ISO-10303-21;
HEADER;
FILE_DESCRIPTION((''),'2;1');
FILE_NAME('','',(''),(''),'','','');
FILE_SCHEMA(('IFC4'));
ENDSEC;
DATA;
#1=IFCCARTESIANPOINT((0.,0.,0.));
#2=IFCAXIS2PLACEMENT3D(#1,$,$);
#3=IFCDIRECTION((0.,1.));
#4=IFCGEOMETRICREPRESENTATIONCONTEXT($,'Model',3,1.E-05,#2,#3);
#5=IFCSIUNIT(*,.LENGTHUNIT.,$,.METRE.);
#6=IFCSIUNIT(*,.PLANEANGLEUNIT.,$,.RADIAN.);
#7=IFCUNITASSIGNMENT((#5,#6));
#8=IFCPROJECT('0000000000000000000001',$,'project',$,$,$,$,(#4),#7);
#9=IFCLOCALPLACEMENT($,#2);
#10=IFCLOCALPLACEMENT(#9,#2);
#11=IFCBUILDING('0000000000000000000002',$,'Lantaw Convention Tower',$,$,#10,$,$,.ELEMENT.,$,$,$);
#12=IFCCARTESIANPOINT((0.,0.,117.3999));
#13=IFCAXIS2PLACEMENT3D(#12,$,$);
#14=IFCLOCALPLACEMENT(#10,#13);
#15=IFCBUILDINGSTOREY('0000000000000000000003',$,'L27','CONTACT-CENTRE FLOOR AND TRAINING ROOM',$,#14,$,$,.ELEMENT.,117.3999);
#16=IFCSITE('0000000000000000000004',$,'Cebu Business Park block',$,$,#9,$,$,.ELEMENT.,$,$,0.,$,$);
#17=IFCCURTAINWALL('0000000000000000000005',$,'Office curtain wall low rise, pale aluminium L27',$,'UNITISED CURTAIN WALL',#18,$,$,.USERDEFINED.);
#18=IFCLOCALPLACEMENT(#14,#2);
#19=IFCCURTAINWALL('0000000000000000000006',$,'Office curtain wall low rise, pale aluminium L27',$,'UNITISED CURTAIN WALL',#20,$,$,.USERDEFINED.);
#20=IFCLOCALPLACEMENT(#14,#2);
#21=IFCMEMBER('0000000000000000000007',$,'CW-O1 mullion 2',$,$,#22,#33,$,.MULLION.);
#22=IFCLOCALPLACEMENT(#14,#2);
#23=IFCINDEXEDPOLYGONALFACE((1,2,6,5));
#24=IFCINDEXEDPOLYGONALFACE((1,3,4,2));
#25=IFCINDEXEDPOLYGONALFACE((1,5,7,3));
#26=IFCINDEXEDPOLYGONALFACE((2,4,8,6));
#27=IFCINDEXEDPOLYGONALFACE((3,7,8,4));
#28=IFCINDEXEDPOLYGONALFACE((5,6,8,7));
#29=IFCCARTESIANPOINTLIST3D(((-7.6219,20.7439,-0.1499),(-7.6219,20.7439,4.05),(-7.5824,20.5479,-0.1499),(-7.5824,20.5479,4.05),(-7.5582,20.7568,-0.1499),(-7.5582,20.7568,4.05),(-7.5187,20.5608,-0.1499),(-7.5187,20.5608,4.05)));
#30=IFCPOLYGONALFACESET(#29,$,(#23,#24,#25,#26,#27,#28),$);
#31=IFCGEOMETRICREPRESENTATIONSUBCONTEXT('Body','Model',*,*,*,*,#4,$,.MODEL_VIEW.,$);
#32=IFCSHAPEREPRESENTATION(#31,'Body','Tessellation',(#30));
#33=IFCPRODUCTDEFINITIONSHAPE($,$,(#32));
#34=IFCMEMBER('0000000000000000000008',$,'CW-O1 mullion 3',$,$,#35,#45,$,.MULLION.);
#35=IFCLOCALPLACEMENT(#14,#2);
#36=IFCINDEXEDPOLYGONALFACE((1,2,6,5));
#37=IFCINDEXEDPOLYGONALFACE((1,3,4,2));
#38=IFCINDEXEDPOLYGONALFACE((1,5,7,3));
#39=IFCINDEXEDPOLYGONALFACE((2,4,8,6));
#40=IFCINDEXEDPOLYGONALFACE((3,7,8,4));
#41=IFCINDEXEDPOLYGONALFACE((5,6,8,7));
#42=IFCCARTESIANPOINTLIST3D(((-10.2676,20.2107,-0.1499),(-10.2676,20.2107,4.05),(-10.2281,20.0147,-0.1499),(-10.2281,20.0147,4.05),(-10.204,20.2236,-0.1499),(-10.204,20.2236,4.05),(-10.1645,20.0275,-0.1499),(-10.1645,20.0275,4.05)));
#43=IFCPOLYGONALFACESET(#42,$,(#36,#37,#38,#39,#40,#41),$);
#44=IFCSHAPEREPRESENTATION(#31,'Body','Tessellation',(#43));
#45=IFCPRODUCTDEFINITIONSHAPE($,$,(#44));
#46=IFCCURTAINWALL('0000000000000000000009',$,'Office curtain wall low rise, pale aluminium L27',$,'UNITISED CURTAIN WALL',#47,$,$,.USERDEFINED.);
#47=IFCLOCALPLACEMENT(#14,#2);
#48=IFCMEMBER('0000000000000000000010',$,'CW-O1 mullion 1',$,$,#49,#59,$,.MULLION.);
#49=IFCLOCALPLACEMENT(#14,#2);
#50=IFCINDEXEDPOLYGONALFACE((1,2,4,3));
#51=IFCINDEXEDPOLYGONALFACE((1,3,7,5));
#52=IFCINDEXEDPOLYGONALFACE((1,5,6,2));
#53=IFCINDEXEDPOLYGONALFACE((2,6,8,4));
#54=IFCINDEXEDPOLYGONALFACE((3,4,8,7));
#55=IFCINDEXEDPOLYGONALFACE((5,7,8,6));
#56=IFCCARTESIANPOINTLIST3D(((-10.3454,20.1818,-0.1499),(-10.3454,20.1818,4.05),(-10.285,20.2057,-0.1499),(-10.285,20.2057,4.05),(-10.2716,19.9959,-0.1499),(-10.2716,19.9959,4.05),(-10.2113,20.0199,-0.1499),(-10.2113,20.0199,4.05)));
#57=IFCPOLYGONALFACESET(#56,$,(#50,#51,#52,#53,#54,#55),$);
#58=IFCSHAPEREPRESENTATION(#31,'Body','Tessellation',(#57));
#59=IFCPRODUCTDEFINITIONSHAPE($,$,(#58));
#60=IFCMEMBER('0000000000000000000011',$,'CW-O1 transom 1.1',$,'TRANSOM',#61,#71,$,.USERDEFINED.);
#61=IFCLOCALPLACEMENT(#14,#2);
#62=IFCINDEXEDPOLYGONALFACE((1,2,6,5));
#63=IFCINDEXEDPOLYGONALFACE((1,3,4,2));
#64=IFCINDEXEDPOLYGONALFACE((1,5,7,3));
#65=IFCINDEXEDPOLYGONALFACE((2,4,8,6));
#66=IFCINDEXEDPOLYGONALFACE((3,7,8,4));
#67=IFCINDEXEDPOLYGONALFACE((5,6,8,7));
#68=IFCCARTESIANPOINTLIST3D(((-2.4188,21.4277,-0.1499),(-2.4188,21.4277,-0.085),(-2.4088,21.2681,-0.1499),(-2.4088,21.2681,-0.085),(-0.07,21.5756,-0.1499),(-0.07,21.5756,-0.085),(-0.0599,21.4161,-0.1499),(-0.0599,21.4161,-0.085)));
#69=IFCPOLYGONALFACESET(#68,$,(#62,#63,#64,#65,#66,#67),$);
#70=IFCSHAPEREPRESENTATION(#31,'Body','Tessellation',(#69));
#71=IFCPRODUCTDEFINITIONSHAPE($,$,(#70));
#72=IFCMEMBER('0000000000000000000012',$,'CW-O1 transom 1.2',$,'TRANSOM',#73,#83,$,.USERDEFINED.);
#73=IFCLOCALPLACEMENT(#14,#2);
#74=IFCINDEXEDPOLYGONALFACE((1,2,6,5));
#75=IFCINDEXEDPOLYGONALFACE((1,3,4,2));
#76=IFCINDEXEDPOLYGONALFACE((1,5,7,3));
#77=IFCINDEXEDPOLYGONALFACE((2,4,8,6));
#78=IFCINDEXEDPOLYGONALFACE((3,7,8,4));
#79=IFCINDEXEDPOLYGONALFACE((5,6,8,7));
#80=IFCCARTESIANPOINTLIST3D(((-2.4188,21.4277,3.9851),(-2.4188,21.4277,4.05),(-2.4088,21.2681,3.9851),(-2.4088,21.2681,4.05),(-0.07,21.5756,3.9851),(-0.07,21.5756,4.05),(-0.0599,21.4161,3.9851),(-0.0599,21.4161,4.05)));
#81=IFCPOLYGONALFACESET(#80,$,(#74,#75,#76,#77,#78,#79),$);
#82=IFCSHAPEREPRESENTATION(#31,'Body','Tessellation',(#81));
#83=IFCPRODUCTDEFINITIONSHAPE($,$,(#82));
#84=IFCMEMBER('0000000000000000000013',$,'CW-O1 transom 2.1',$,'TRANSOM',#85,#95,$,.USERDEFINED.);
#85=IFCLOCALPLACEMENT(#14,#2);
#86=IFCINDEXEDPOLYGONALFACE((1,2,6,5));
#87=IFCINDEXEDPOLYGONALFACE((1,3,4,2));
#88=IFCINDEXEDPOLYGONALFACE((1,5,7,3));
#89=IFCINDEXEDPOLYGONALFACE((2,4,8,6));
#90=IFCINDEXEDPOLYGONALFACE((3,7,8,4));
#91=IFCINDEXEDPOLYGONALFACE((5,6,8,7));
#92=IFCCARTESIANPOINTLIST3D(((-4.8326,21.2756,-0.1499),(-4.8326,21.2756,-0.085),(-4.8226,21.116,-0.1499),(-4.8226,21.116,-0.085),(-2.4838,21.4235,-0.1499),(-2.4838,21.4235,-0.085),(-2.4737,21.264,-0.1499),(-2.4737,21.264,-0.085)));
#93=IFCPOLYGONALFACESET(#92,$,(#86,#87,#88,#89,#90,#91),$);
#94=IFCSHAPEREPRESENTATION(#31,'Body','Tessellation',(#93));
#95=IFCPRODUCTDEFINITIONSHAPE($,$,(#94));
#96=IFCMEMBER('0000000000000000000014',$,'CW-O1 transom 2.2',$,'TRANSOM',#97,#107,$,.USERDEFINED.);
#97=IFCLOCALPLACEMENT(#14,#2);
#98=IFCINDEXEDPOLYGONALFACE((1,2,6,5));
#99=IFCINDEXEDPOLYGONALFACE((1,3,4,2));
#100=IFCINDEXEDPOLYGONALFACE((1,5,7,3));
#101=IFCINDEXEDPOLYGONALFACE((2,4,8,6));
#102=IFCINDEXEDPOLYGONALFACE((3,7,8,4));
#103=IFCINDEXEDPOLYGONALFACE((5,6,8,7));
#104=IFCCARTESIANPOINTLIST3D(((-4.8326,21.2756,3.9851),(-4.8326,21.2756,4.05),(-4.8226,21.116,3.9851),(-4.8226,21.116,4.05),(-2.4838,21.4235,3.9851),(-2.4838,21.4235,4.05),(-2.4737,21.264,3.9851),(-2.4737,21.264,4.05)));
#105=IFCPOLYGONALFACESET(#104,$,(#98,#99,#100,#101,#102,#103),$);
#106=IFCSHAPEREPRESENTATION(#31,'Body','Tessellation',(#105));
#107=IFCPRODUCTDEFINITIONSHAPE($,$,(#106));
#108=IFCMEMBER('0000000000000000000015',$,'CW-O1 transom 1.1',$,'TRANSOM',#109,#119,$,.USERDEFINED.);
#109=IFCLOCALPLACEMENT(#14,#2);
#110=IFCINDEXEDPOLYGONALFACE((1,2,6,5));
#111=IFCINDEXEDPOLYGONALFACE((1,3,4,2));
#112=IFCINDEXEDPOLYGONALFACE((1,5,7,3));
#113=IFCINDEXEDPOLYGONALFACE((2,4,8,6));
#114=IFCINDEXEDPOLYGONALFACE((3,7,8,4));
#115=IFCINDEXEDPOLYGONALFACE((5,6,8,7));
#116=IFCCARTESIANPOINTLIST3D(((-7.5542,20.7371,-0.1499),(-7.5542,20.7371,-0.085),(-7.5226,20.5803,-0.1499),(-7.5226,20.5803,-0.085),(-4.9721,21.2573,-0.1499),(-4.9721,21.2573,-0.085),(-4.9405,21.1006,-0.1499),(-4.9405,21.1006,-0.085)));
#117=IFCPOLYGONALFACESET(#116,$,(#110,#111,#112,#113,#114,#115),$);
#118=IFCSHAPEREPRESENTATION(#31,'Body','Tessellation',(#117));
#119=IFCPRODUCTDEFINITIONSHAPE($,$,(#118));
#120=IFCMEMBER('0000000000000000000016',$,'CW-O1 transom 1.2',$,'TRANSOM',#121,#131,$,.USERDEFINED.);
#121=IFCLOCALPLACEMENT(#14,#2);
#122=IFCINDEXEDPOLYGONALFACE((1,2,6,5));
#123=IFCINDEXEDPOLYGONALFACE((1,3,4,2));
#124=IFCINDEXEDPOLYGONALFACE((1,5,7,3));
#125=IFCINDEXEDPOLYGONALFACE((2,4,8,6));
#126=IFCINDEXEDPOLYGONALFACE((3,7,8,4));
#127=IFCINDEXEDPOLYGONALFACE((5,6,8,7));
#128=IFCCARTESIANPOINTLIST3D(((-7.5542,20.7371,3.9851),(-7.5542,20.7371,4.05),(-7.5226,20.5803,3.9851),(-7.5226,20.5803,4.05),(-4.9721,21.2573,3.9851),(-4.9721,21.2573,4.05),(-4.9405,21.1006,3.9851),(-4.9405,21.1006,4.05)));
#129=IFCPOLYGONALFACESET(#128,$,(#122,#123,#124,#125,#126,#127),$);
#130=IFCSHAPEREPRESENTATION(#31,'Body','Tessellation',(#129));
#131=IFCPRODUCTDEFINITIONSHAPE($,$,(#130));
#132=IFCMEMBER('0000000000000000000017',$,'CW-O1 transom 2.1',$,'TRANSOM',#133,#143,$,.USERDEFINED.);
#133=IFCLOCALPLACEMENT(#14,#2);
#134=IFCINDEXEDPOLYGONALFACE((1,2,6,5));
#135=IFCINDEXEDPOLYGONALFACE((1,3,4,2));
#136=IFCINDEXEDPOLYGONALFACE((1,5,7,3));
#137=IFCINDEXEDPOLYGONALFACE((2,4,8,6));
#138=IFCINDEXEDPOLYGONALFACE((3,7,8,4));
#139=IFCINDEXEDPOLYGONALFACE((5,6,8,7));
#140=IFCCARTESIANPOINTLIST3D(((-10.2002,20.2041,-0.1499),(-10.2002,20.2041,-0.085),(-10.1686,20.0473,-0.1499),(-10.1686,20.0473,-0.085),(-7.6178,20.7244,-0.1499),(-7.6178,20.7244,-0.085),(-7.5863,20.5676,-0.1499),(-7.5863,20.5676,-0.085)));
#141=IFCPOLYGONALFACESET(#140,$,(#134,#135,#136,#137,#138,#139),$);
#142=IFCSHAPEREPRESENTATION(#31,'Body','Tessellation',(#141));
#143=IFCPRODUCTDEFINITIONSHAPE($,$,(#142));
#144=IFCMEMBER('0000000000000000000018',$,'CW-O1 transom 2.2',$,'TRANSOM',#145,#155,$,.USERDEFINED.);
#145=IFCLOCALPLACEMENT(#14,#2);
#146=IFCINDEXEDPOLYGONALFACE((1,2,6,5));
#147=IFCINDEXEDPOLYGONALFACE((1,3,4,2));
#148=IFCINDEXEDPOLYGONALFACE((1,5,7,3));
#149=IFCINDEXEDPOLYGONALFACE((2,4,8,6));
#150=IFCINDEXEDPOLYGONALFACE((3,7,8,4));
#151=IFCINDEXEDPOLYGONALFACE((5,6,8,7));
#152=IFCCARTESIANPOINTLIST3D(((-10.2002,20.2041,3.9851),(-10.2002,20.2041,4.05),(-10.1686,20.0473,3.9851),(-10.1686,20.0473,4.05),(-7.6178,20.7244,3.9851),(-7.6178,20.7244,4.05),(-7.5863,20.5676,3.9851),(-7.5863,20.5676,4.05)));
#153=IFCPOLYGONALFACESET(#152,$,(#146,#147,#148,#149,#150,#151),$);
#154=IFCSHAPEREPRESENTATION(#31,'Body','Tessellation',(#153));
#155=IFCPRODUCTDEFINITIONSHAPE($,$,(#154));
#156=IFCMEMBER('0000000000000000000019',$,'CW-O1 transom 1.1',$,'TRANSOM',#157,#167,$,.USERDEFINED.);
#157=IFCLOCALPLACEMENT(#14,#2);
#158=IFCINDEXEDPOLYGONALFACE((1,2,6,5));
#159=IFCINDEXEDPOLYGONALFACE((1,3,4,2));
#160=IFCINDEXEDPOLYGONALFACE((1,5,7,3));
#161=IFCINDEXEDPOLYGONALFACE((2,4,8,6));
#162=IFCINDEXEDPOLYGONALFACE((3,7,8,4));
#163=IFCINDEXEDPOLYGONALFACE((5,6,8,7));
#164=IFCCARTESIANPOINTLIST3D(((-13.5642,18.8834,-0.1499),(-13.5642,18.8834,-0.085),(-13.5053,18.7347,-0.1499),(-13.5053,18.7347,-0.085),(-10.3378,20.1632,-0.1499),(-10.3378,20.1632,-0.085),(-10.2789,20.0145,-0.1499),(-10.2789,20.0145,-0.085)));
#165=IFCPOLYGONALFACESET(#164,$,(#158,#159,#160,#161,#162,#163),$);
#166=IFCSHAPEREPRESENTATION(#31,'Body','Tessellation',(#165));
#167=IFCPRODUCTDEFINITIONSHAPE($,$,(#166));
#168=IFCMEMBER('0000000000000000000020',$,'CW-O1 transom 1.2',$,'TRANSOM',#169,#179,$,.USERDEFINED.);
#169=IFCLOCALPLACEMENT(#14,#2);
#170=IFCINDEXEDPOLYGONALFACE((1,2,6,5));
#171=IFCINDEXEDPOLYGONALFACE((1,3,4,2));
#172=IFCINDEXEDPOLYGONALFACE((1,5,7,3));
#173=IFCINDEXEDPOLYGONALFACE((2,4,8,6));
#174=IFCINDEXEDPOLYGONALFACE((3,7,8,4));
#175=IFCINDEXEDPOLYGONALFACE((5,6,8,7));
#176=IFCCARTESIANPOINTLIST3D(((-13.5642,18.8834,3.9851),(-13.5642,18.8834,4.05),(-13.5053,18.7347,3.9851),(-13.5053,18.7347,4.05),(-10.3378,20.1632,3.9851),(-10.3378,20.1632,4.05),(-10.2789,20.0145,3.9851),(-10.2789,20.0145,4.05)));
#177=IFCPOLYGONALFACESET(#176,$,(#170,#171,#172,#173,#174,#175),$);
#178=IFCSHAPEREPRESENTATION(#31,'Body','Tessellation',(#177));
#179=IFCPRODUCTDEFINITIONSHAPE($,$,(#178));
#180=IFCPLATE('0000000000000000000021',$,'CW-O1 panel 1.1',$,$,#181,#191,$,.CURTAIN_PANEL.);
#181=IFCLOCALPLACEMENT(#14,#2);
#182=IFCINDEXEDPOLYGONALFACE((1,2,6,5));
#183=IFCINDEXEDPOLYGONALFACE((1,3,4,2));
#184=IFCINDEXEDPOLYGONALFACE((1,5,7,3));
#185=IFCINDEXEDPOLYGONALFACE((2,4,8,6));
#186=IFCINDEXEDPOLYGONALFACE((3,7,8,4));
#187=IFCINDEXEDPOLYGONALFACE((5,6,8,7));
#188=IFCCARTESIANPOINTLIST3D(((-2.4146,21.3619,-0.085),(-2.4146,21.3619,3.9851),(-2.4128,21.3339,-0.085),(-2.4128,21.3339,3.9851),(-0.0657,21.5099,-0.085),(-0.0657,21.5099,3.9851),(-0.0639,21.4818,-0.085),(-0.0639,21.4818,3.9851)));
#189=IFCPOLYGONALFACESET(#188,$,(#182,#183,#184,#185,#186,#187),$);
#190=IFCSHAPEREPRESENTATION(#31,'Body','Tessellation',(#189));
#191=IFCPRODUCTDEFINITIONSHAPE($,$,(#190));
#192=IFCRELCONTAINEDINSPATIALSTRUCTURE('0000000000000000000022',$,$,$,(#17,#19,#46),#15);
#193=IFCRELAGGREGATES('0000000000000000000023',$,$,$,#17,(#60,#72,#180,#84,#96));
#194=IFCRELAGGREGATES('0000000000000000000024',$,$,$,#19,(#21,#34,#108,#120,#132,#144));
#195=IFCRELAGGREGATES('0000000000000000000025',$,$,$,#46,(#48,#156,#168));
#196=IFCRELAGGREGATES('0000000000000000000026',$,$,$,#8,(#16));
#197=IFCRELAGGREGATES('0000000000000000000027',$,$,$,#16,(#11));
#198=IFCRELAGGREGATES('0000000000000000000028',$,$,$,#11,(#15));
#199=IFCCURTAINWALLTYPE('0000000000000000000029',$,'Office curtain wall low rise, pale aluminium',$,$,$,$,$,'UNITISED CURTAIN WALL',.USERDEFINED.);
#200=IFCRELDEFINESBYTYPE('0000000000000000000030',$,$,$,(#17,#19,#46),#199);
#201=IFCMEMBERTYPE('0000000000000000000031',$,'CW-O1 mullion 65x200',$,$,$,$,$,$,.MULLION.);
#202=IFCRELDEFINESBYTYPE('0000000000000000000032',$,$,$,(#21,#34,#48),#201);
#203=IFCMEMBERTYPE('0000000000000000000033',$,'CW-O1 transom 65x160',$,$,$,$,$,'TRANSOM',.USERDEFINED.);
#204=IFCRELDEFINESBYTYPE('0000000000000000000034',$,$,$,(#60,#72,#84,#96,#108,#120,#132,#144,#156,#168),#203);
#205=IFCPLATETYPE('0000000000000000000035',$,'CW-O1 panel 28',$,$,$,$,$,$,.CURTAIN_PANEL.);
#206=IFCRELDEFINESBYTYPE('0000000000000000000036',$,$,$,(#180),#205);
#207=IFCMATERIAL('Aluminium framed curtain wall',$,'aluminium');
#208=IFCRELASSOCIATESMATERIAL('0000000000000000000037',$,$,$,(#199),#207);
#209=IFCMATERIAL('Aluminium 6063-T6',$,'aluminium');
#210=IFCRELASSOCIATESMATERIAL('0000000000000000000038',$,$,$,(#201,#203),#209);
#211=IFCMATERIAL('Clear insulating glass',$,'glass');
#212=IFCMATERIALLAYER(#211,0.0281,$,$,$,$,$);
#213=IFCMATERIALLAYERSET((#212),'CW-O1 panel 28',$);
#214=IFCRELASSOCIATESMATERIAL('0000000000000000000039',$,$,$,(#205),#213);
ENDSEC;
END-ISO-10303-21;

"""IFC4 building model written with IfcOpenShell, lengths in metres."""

from ifc_helpers import new_model, si_unit, direction, frame, origin, origin_2d, place, context, subcontext, project, spatial, rectangle, extrude, material, layer, layer_set, material_profile, profile_set, type_object, element, aggregate, save


model = new_model("IFC4")

# Units and contexts
model_context = context("Model", 3, precision=1e-05, world=origin(), true_north=direction((0.0, 1.0)))
body_context = subcontext(model_context, "Body", "Model", "MODEL_VIEW")
ifc_project = project(units=[si_unit("LENGTHUNIT", "METRE"), si_unit("PLANEANGLEUNIT", "RADIAN")], contexts=[model_context])

# Site, building, storey
site_placement = place(None, origin())
site = spatial("IfcSite", under=ifc_project, at=site_placement, Name="Cebu Business Park block", CompositionType="ELEMENT", RefElevation=0.0)
building_placement = place(site_placement, origin())
building = spatial("IfcBuilding", under=site, at=building_placement, Name="Lantaw Convention Tower", CompositionType="ELEMENT")
storey_placement = place(building_placement, frame((0.0, 0.0, 117.3999)))
storey = spatial("IfcBuildingStorey", under=building, at=storey_placement, Name="L27", Description="CONTACT-CENTRE FLOOR AND TRAINING ROOM", CompositionType="ELEMENT", Elevation=117.3999)

# Curtain walls, members
ifc_material_1 = material(Name="Aluminium framed curtain wall", Category="aluminium")
curtain_wall_type = type_object("IfcCurtainWallType", Name="Office curtain wall low rise, pale aluminium", ElementType="UNITISED CURTAIN WALL", PredefinedType="USERDEFINED", material=ifc_material_1)
curtain_wall_1_placement = place(storey_placement, origin())
curtain_wall_1 = element("IfcCurtainWall", 1, at=curtain_wall_1_placement, inside=storey, type_object=curtain_wall_type, Name="Office curtain wall low rise, pale aluminium L27", ObjectType="UNITISED CURTAIN WALL", PredefinedType="USERDEFINED")
ifc_material_2 = material(Name="Aluminium 6063-T6", Category="aluminium")
ifc_material_profile_1 = material_profile(ifc_material_2, rectangle(XDim=0.2, YDim=0.0649, at=origin_2d()), Name="CW-O1 mullion 65x200")
ifc_profile_set_1 = profile_set([ifc_material_profile_1], Name="Aluminium 6063-T6")
member_type_1 = type_object("IfcMemberType", Name="CW-O1 mullion 65x200", PredefinedType="MULLION", material=ifc_profile_set_1)
curtain_wall_2_placement = place(storey_placement, origin())
curtain_wall_2 = element("IfcCurtainWall", 2, at=curtain_wall_2_placement, inside=storey, type_object=curtain_wall_type, Name="Office curtain wall low rise, pale aluminium L27", ObjectType="UNITISED CURTAIN WALL", PredefinedType="USERDEFINED")
member_1_placement = place(storey_placement, frame((-7.5703, 20.6523, -0.1499), z_axis=(0.0, 0.0, 1.0), x_axis=(0.197507, -0.980302, 0.0)))
member_1 = element("IfcMember", 3, at=member_1_placement, type_object=member_type_1, Name="CW-O1 mullion 2", PredefinedType="MULLION", context=body_context, shape_type="SweptSolid", body=[
    extrude(rectangle(XDim=0.2, YDim=0.0649, at=origin_2d()), origin(), (0.0, 0.0, 1.0), 4.2),
])
member_2_placement = place(storey_placement, frame((-10.2161, 20.1191, -0.1499), z_axis=(0.0, 0.0, 1.0), x_axis=(0.197507, -0.980302, 0.0)))
member_2 = element("IfcMember", 4, at=member_2_placement, type_object=member_type_1, Name="CW-O1 mullion 3", PredefinedType="MULLION", context=body_context, shape_type="SweptSolid", body=[
    extrude(rectangle(XDim=0.2, YDim=0.0649, at=origin_2d()), origin(), (0.0, 0.0, 1.0), 4.2),
])

# Curtain wall, member
curtain_wall_3_placement = place(storey_placement, origin())
curtain_wall_3 = element("IfcCurtainWall", 5, at=curtain_wall_3_placement, inside=storey, type_object=curtain_wall_type, Name="Office curtain wall low rise, pale aluminium L27", ObjectType="UNITISED CURTAIN WALL", PredefinedType="USERDEFINED")
member_3_placement = place(storey_placement, frame((-10.2783, 20.1008, -0.1499), z_axis=(0.0, 0.0, 1.0), x_axis=(0.368702, -0.929548, 0.0)))
member_3 = element("IfcMember", 6, at=member_3_placement, type_object=member_type_1, Name="CW-O1 mullion 1", PredefinedType="MULLION", context=body_context, shape_type="SweptSolid", body=[
    extrude(rectangle(XDim=0.2, YDim=0.0649, at=origin_2d()), origin(), (0.0, 0.0, 1.0), 4.2),
])

# Members
ifc_material_profile_2 = material_profile(ifc_material_2, rectangle(XDim=0.1599, YDim=0.0649, at=origin_2d()), Name="CW-O1 transom 65x160")
ifc_profile_set_2 = profile_set([ifc_material_profile_2], Name="Aluminium 6063-T6")
member_type_2 = type_object("IfcMemberType", Name="CW-O1 transom 65x160", ElementType="TRANSOM", PredefinedType="USERDEFINED", material=ifc_profile_set_2)
member_4_placement = place(storey_placement, frame((-0.0649, 21.4958, -0.1174), z_axis=(-0.998022, -0.062863, 0.0), x_axis=(0.062863, -0.998022, 0.0)))
member_4 = element("IfcMember", 7, at=member_4_placement, type_object=member_type_2, Name="CW-O1 transom 1.1", ObjectType="TRANSOM", PredefinedType="USERDEFINED", context=body_context, shape_type="SweptSolid", body=[
    extrude(rectangle(XDim=0.1599, YDim=0.0649, at=origin_2d()), origin(), (0.0, 0.0, 1.0), 2.3535),
])
member_5_placement = place(storey_placement, frame((-0.0649, 21.4958, 4.0176), z_axis=(-0.998022, -0.062863, 0.0), x_axis=(0.062863, -0.998022, 0.0)))
member_5 = element("IfcMember", 8, at=member_5_placement, type_object=member_type_2, Name="CW-O1 transom 1.2", ObjectType="TRANSOM", PredefinedType="USERDEFINED", context=body_context, shape_type="SweptSolid", body=[
    extrude(rectangle(XDim=0.1599, YDim=0.0649, at=origin_2d()), origin(), (0.0, 0.0, 1.0), 2.3535),
])
member_6_placement = place(storey_placement, frame((-2.4788, 21.3438, -0.1174), z_axis=(-0.998022, -0.062863, 0.0), x_axis=(0.062863, -0.998022, 0.0)))
member_6 = element("IfcMember", 9, at=member_6_placement, type_object=member_type_2, Name="CW-O1 transom 2.1", ObjectType="TRANSOM", PredefinedType="USERDEFINED", context=body_context, shape_type="SweptSolid", body=[
    extrude(rectangle(XDim=0.1599, YDim=0.0649, at=origin_2d()), origin(), (0.0, 0.0, 1.0), 2.3535),
])
member_7_placement = place(storey_placement, frame((-2.4788, 21.3438, 4.0176), z_axis=(-0.998022, -0.062863, 0.0), x_axis=(0.062863, -0.998022, 0.0)))
member_7 = element("IfcMember", 10, at=member_7_placement, type_object=member_type_2, Name="CW-O1 transom 2.2", ObjectType="TRANSOM", PredefinedType="USERDEFINED", context=body_context, shape_type="SweptSolid", body=[
    extrude(rectangle(XDim=0.1599, YDim=0.0649, at=origin_2d()), origin(), (0.0, 0.0, 1.0), 2.3535),
])
member_8_placement = place(storey_placement, frame((-4.9563, 21.179, -0.1174), z_axis=(-0.980298, -0.197524, 0.0), x_axis=(0.197524, -0.980298, 0.0)))
member_8 = element("IfcMember", 11, at=member_8_placement, type_object=member_type_2, Name="CW-O1 transom 1.1", ObjectType="TRANSOM", PredefinedType="USERDEFINED", context=body_context, shape_type="SweptSolid", body=[
    extrude(rectangle(XDim=0.1599, YDim=0.0649, at=origin_2d()), origin(), (0.0, 0.0, 1.0), 2.634),
])
member_9_placement = place(storey_placement, frame((-4.9563, 21.179, 4.0176), z_axis=(-0.980298, -0.197524, 0.0), x_axis=(0.197524, -0.980298, 0.0)))
member_9 = element("IfcMember", 12, at=member_9_placement, type_object=member_type_2, Name="CW-O1 transom 1.2", ObjectType="TRANSOM", PredefinedType="USERDEFINED", context=body_context, shape_type="SweptSolid", body=[
    extrude(rectangle(XDim=0.1599, YDim=0.0649, at=origin_2d()), origin(), (0.0, 0.0, 1.0), 2.634),
])
member_10_placement = place(storey_placement, frame((-7.6021, 20.646, -0.1174), z_axis=(-0.980302, -0.197506, 0.0), x_axis=(0.197506, -0.980302, 0.0)))
member_10 = element("IfcMember", 13, at=member_10_placement, type_object=member_type_2, Name="CW-O1 transom 2.1", ObjectType="TRANSOM", PredefinedType="USERDEFINED", context=body_context, shape_type="SweptSolid", body=[
    extrude(rectangle(XDim=0.1599, YDim=0.0649, at=origin_2d()), origin(), (0.0, 0.0, 1.0), 2.6343),
])
member_11_placement = place(storey_placement, frame((-7.6021, 20.646, 4.0176), z_axis=(-0.980302, -0.197506, 0.0), x_axis=(0.197506, -0.980302, 0.0)))
member_11 = element("IfcMember", 14, at=member_11_placement, type_object=member_type_2, Name="CW-O1 transom 2.2", ObjectType="TRANSOM", PredefinedType="USERDEFINED", context=body_context, shape_type="SweptSolid", body=[
    extrude(rectangle(XDim=0.1599, YDim=0.0649, at=origin_2d()), origin(), (0.0, 0.0, 1.0), 2.6343),
])
member_12_placement = place(storey_placement, frame((-10.3083, 20.0889, -0.1174), z_axis=(-0.92954, -0.368721, 0.0), x_axis=(0.368721, -0.92954, 0.0)))
member_12 = element("IfcMember", 15, at=member_12_placement, type_object=member_type_2, Name="CW-O1 transom 1.1", ObjectType="TRANSOM", PredefinedType="USERDEFINED", context=body_context, shape_type="SweptSolid", body=[
    extrude(rectangle(XDim=0.1599, YDim=0.0649, at=origin_2d()), origin(), (0.0, 0.0, 1.0), 3.4709),
])
member_13_placement = place(storey_placement, frame((-10.3083, 20.0889, 4.0176), z_axis=(-0.92954, -0.368721, 0.0), x_axis=(0.368721, -0.92954, 0.0)))
member_13 = element("IfcMember", 16, at=member_13_placement, type_object=member_type_2, Name="CW-O1 transom 1.2", ObjectType="TRANSOM", PredefinedType="USERDEFINED", context=body_context, shape_type="SweptSolid", body=[
    extrude(rectangle(XDim=0.1599, YDim=0.0649, at=origin_2d()), origin(), (0.0, 0.0, 1.0), 3.4709),
])

# Plate
ifc_material_3 = material(Name="Clear insulating glass", Category="glass")
ifc_layer_1 = layer(ifc_material_3, 0.0281)
ifc_layer_set_1 = layer_set([ifc_layer_1], Name="CW-O1 panel 28")
plate_type_1 = type_object("IfcPlateType", Name="CW-O1 panel 28", PredefinedType="CURTAIN_PANEL", material=ifc_layer_set_1)
plate_1_placement = place(storey_placement, frame((-1.2393, 21.4219, -0.085), z_axis=(0.0, 0.0, 1.0), x_axis=(-0.998022, -0.062865, 0.0)))
plate_1 = element("IfcPlate", 17, at=plate_1_placement, type_object=plate_type_1, Name="CW-O1 panel 1.1", PredefinedType="CURTAIN_PANEL", context=body_context, shape_type="SweptSolid", body=[
    extrude(rectangle(XDim=2.3535, YDim=0.0281, at=origin_2d()), origin(), (0.0, 0.0, 1.0), 4.0701),
])
aggregate(curtain_wall_1, [member_4, member_5, plate_1, member_6, member_7])
aggregate(curtain_wall_2, [member_1, member_2, member_8, member_9, member_10, member_11])
aggregate(curtain_wall_3, [member_3, member_12, member_13])

save(model, "model.ifc")
